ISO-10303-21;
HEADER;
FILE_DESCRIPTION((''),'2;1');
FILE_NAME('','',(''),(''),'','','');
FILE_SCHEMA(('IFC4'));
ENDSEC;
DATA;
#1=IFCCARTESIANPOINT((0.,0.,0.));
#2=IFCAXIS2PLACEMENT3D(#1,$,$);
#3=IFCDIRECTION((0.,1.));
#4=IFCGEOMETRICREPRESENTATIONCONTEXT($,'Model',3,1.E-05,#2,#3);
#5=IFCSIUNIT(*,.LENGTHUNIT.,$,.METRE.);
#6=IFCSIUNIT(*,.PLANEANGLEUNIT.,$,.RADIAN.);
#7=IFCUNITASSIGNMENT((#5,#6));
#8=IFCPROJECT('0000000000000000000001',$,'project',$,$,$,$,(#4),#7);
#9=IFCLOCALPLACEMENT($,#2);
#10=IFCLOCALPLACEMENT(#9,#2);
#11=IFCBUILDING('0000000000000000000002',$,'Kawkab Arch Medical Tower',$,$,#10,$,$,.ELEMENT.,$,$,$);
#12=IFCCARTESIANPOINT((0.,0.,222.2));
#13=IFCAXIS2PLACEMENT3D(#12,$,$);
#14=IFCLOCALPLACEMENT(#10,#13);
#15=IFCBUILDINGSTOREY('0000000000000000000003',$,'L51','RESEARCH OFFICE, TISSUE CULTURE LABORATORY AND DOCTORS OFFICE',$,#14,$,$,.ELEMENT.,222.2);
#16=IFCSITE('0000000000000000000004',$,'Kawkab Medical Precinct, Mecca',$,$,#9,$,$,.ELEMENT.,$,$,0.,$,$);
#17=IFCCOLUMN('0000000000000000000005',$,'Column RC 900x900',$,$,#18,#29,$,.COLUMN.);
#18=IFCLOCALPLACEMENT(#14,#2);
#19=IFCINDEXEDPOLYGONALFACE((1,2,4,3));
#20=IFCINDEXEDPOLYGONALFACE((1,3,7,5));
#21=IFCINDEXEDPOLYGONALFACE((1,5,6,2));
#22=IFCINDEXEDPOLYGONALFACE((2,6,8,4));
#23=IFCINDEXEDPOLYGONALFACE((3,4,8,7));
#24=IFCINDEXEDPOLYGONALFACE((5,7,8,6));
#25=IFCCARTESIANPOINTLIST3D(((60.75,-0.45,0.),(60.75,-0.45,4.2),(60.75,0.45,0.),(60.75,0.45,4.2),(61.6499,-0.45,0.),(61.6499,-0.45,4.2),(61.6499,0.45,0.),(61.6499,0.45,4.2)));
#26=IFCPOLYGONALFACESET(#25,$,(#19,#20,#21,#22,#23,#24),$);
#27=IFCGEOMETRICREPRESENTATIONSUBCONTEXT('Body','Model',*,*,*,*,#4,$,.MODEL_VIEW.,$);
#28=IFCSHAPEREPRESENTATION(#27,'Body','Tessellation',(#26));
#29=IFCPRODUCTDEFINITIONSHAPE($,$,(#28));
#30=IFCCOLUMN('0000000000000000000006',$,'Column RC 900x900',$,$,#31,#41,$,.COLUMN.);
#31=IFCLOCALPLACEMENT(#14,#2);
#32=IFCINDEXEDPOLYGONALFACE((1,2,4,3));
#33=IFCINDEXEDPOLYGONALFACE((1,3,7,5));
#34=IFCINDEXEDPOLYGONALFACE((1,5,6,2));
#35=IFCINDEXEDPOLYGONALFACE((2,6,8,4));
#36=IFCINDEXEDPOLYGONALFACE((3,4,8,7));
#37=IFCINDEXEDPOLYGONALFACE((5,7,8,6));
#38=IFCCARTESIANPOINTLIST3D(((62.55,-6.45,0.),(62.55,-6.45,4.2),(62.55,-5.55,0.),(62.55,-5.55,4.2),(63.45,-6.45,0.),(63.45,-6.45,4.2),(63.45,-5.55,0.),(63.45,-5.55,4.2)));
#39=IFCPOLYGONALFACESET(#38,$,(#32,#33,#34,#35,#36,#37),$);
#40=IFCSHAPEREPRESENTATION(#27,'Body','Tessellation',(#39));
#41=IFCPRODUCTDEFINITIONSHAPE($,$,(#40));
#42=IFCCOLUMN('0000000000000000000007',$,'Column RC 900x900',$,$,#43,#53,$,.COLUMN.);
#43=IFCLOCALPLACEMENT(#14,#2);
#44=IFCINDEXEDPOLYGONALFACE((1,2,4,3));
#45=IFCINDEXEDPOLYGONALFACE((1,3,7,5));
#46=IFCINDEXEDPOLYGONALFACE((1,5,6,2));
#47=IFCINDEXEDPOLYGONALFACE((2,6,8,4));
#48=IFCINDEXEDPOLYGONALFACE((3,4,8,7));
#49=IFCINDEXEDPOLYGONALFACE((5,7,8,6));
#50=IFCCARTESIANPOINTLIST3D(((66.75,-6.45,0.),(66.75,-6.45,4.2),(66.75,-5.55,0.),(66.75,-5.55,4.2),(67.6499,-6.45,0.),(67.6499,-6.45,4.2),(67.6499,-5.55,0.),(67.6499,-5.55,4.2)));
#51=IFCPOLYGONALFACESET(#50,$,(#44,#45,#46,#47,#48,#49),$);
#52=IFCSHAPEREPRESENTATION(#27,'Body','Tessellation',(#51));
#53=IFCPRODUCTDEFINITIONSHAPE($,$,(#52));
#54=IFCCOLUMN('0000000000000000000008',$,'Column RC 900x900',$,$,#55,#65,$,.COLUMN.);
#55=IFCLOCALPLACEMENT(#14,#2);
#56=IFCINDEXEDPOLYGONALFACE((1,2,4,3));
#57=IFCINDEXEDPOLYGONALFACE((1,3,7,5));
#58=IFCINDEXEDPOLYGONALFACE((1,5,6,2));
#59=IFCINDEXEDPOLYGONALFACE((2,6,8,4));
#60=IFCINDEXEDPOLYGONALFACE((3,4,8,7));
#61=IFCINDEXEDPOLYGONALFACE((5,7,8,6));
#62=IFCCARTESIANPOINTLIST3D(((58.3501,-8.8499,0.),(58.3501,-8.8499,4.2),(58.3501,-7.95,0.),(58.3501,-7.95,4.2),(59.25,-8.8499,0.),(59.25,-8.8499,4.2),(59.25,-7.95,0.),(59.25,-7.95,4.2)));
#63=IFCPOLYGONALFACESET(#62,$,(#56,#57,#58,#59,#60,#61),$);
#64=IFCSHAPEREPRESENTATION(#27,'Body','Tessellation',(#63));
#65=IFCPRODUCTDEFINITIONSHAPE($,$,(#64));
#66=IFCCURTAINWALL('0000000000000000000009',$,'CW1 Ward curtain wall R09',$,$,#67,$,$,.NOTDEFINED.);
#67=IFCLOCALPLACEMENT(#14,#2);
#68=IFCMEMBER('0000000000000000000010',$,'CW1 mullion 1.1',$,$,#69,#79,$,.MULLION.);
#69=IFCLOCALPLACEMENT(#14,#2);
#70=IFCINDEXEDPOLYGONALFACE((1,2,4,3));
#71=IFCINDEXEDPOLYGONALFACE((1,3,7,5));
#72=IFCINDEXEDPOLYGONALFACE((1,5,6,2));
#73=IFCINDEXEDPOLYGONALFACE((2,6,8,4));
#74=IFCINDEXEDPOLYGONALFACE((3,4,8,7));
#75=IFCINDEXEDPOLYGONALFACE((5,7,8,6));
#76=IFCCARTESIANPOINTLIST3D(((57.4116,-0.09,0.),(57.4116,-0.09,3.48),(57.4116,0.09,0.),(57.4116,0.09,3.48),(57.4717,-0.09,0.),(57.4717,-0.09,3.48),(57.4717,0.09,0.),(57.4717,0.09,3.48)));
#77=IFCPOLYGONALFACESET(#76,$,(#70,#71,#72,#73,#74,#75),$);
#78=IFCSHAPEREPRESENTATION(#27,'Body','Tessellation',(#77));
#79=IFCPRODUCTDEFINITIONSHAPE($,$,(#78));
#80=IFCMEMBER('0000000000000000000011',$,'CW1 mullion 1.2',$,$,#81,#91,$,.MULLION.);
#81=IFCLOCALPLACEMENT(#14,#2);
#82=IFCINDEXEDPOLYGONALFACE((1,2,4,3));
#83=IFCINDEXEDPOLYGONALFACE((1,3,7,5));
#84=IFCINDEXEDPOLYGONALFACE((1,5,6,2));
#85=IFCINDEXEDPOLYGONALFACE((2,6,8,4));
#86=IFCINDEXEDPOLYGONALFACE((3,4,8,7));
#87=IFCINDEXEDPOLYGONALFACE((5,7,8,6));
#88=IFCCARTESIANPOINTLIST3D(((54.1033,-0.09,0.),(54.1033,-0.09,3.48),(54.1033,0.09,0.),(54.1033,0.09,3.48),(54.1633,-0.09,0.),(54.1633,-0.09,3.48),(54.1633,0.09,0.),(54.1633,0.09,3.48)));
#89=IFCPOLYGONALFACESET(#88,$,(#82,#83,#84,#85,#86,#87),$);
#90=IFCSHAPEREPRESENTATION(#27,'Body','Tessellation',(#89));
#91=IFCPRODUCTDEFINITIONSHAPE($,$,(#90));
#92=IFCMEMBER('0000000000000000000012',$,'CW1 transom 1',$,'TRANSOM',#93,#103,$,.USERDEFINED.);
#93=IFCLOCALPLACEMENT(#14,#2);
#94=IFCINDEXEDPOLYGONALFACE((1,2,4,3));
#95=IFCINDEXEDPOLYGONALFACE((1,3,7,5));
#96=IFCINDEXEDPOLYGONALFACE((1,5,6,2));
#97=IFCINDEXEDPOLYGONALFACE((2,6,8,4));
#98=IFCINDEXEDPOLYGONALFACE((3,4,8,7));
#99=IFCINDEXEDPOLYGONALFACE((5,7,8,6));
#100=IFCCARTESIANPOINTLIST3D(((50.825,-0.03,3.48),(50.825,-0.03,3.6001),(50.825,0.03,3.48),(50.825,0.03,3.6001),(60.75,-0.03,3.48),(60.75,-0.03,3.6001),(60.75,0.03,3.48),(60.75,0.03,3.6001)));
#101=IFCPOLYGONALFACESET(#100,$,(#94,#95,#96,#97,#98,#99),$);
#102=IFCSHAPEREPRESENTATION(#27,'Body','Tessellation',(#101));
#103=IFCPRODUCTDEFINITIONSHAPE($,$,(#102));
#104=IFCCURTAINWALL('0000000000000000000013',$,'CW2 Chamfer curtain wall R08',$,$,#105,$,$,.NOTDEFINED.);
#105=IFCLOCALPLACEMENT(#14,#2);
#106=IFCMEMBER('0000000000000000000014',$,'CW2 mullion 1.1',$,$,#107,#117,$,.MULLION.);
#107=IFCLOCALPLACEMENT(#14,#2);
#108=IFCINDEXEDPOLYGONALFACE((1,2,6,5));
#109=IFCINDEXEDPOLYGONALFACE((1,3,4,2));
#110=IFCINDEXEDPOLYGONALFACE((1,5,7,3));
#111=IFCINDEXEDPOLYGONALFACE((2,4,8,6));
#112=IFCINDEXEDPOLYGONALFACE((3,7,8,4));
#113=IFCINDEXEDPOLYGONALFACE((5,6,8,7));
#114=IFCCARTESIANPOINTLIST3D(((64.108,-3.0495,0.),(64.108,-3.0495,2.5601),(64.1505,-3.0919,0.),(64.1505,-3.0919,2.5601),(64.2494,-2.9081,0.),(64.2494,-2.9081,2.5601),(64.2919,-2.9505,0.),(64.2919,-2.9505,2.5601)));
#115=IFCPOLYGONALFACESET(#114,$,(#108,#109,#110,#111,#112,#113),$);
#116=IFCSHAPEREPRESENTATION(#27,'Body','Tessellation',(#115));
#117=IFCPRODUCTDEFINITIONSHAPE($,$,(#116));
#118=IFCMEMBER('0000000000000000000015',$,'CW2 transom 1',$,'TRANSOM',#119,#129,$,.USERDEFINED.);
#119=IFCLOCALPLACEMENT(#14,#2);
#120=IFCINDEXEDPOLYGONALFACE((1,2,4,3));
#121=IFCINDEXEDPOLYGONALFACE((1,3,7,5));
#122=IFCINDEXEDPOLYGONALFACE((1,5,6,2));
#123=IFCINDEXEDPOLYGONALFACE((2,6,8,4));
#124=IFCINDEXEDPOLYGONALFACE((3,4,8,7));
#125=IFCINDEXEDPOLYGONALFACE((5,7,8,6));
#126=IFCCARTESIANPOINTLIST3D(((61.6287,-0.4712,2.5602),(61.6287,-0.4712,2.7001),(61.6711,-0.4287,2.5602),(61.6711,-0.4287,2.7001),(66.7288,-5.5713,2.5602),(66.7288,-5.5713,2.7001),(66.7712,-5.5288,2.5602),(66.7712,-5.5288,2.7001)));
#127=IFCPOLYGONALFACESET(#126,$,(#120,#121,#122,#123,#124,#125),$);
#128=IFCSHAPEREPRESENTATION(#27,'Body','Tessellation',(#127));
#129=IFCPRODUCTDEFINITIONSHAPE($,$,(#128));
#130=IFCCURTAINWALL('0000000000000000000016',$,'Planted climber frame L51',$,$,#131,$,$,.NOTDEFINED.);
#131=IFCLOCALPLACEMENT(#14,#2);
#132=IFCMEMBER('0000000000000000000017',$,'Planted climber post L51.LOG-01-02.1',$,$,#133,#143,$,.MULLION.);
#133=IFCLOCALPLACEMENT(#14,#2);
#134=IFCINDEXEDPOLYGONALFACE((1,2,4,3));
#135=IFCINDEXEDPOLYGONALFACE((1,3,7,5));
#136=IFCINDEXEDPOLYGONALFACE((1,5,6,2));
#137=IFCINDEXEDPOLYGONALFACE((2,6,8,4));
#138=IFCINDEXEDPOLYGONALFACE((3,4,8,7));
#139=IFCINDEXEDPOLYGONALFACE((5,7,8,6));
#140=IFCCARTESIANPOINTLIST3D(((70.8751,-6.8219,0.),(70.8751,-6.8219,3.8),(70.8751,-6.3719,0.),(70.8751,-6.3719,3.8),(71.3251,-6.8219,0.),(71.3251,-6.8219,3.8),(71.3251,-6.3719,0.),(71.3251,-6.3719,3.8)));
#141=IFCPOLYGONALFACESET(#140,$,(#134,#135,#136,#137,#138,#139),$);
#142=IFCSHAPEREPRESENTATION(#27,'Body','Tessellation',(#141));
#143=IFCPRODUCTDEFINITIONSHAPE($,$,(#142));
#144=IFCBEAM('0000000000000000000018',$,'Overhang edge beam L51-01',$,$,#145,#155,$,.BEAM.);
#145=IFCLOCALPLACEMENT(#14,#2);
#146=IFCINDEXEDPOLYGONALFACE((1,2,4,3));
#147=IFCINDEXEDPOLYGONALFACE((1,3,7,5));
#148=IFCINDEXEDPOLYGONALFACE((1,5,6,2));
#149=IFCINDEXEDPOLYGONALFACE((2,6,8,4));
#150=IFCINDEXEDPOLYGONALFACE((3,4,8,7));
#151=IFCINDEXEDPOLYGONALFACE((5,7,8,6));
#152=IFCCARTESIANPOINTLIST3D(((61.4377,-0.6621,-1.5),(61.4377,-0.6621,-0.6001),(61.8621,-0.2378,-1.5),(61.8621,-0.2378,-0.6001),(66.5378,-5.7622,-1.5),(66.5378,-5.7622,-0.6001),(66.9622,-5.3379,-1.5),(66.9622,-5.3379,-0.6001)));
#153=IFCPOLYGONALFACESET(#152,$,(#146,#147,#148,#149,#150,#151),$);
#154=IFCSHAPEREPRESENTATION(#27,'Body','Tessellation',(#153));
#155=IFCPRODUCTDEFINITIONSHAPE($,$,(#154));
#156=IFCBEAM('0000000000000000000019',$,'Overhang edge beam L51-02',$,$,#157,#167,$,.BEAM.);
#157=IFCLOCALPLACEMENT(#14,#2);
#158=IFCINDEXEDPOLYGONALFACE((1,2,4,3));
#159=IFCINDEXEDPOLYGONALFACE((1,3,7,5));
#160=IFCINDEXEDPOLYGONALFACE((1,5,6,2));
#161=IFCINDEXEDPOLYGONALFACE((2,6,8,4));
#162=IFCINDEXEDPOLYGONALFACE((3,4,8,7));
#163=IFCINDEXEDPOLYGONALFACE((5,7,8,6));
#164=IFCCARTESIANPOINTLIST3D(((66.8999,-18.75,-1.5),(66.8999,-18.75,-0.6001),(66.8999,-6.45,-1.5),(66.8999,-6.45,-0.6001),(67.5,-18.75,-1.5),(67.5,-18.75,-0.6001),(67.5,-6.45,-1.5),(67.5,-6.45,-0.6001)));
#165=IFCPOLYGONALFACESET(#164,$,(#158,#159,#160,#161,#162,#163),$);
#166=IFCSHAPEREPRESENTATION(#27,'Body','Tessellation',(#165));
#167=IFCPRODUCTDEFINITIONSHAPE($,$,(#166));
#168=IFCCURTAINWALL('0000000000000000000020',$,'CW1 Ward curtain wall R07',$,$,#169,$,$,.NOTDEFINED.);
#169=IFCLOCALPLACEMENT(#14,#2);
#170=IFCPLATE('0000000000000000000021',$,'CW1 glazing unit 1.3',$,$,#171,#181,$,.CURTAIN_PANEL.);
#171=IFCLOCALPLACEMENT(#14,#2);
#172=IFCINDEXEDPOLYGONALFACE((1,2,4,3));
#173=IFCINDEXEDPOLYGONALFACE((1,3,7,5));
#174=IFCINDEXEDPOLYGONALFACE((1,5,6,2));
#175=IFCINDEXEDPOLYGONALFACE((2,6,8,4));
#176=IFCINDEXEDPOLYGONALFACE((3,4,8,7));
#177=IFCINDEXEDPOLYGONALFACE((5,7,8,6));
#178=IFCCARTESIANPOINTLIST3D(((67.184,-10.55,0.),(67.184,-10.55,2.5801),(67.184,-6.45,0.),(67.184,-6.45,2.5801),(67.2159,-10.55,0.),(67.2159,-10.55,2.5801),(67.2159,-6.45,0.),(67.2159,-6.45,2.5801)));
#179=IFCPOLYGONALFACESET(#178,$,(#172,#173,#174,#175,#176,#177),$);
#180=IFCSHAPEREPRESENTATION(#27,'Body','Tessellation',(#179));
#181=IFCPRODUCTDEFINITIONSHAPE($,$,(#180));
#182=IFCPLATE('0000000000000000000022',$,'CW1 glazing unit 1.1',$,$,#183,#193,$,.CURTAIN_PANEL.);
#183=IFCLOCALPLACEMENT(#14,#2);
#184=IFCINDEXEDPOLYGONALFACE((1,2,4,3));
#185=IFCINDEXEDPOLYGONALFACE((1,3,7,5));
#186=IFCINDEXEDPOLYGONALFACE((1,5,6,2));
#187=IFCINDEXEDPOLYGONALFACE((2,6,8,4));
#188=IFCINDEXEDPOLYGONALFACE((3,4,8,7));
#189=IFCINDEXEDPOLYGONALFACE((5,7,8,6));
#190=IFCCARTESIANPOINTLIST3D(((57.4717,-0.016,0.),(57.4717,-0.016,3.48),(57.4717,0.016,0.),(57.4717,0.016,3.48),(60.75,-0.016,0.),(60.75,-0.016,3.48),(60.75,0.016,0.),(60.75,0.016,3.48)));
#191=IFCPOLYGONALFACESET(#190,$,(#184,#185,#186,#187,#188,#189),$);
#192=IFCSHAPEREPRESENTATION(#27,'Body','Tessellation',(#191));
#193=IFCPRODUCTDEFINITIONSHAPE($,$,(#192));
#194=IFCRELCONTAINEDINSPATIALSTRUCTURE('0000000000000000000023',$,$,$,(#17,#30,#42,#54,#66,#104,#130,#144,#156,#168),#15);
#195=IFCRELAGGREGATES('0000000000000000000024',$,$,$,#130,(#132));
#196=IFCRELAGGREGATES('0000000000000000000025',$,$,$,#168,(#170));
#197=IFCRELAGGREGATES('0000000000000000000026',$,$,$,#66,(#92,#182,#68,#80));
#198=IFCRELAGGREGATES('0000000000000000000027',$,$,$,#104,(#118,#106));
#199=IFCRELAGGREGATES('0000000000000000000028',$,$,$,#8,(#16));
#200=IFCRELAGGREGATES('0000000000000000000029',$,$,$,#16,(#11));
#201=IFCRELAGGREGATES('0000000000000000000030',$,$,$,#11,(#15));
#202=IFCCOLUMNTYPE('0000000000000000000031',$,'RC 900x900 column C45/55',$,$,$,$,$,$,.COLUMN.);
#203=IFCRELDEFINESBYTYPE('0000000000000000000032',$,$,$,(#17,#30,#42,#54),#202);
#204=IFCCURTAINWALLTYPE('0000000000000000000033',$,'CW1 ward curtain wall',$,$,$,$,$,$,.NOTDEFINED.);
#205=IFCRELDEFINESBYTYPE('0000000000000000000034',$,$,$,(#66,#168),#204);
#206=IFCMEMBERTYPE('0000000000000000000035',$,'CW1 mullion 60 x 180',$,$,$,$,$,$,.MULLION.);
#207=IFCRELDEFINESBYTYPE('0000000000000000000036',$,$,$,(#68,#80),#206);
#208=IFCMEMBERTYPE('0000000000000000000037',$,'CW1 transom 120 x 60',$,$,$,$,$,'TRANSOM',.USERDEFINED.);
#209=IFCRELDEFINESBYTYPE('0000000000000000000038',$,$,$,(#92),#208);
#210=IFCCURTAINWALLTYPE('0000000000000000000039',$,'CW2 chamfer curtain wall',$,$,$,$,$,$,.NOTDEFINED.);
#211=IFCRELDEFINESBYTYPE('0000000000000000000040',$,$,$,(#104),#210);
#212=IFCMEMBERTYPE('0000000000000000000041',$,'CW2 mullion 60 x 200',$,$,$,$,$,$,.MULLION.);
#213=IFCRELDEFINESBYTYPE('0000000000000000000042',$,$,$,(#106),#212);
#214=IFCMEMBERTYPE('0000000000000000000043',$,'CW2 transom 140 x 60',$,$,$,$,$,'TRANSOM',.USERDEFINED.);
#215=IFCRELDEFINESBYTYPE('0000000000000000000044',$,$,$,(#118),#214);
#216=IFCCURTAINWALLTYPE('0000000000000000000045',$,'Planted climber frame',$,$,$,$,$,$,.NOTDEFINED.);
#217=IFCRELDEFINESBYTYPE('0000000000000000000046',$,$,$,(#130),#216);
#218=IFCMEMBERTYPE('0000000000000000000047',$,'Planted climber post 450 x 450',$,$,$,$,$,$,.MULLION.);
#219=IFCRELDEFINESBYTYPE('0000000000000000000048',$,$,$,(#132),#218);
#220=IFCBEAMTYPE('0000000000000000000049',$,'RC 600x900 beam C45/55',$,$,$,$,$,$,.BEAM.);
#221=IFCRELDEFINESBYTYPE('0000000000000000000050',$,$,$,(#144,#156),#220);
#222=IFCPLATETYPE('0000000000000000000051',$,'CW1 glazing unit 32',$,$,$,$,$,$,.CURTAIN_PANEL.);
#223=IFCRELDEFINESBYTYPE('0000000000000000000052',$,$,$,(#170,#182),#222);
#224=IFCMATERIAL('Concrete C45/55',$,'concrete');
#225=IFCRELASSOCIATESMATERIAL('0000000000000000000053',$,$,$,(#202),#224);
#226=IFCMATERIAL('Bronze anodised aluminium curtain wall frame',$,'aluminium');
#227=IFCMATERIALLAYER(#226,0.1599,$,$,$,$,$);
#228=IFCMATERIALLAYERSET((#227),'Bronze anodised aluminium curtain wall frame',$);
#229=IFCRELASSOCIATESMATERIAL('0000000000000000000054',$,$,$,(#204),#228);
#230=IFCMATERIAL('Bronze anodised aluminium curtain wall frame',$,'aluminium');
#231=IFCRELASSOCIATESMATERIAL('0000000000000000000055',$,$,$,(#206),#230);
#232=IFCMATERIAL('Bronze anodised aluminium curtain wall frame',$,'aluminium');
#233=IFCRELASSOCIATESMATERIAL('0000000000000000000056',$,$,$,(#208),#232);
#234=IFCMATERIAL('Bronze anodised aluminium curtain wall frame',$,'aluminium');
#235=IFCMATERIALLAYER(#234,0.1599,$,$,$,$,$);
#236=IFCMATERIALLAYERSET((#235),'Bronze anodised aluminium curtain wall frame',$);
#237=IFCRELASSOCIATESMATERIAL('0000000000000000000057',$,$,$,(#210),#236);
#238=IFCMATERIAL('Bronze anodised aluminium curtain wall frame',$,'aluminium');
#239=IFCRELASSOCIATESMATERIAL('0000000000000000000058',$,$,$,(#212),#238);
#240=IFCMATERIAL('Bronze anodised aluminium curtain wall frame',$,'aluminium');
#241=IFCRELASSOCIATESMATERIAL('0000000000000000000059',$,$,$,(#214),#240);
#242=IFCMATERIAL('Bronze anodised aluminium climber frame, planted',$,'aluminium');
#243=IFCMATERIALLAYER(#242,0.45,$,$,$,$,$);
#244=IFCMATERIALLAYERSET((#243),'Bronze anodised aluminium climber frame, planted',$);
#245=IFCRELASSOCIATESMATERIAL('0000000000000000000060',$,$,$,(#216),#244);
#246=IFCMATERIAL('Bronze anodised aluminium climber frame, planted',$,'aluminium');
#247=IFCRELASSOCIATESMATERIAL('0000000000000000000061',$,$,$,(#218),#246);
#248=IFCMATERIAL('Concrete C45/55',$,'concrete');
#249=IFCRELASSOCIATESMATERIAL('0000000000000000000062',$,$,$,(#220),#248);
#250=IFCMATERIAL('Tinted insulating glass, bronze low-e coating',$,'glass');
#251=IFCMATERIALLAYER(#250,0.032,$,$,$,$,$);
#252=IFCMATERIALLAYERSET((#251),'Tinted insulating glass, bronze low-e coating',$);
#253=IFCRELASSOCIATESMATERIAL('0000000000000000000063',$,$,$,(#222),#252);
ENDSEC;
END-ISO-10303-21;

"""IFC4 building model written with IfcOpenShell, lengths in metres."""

from ifc_helpers import new_model, si_unit, direction, frame, origin, origin_2d, place, context, subcontext, project, spatial, rectangle, extrude, material, layer, layer_set, material_profile, profile_set, type_object, element, aggregate, save


model = new_model("IFC4")

# Units and contexts
model_context = context("Model", 3, precision=1e-05, world=origin(), true_north=direction((0.0, 1.0)))
body_context = subcontext(model_context, "Body", "Model", "MODEL_VIEW")
ifc_project = project(units=[si_unit("LENGTHUNIT", "METRE"), si_unit("PLANEANGLEUNIT", "RADIAN")], contexts=[model_context])

# Site, building, storey
site_placement = place(None, origin())
site = spatial("IfcSite", under=ifc_project, at=site_placement, Name="Kawkab Medical Precinct, Mecca", CompositionType="ELEMENT", RefElevation=0.0)
building_placement = place(site_placement, origin())
building = spatial("IfcBuilding", under=site, at=building_placement, Name="Kawkab Arch Medical Tower", CompositionType="ELEMENT")
storey_placement = place(building_placement, frame((0.0, 0.0, 222.2)))
storey = spatial("IfcBuildingStorey", under=building, at=storey_placement, Name="L51", Description="RESEARCH OFFICE, TISSUE CULTURE LABORATORY AND DOCTORS OFFICE", CompositionType="ELEMENT", Elevation=222.2)

# Columns
ifc_material_1 = material(Name="Concrete C45/55", Category="concrete")
ifc_material_profile_1 = material_profile(ifc_material_1, rectangle(XDim=0.8999, YDim=0.8999, at=origin_2d()), Name="RC 900x900")
ifc_profile_set_1 = profile_set([ifc_material_profile_1], Name="Concrete C45/55")
column_type = type_object("IfcColumnType", Name="RC 900x900 column C45/55", PredefinedType="COLUMN", material=ifc_profile_set_1)
for number, where, z_axis, x_axis, name in (
    (1, (61.2, 0.0, 0.0), (0.0, 0.0, 1.0), (1.0, 0.0, 0.0), "Column RC 900x900"),
    (2, (63.0, -6.0, 0.0), (0.0, 0.0, 1.0), (1.0, 0.0, 0.0), "Column RC 900x900"),
    (3, (67.2, -6.0, 0.0), (0.0, 0.0, 1.0), (1.0, 0.0, 0.0), "Column RC 900x900"),
    (4, (58.8, -8.3999, 0.0), (0.0, 0.0, 1.0), (1.0, 0.0, 0.0), "Column RC 900x900"),
):
    element("IfcColumn", number, at=place(storey_placement, frame(where, z_axis=z_axis, x_axis=x_axis)), inside=storey, type_object=column_type, Name=name, PredefinedType="COLUMN", context=body_context, shape_type="SweptSolid", body=[
        extrude(rectangle(XDim=0.8999, YDim=0.8999, at=origin_2d()), origin(), (0.0, 0.0, 1.0), 4.2),
    ])

# Curtain walls, members
ifc_material_2 = material(Name="Bronze anodised aluminium curtain wall frame", Category="aluminium")
ifc_layer_1 = layer(ifc_material_2, 0.1599)
ifc_layer_set_1 = layer_set([ifc_layer_1], Name="Bronze anodised aluminium curtain wall frame")
curtain_wall_type_1 = type_object("IfcCurtainWallType", Name="CW1 ward curtain wall", PredefinedType="NOTDEFINED", material=ifc_layer_set_1)
placement = place(storey_placement, origin())
curtain_wall_1 = element("IfcCurtainWall", 5, at=placement, inside=storey, type_object=curtain_wall_type_1, Name="CW1 Ward curtain wall R09", PredefinedType="NOTDEFINED")
ifc_material_3 = material(Name="Bronze anodised aluminium curtain wall frame", Category="aluminium")
ifc_material_profile_2 = material_profile(ifc_material_3, rectangle(XDim=0.1799, YDim=0.0601, at=origin_2d()), Name="AL 60x180")
ifc_profile_set_2 = profile_set([ifc_material_profile_2], Name="Bronze anodised aluminium curtain wall frame")
member_type_1 = type_object("IfcMemberType", Name="CW1 mullion 60 x 180", PredefinedType="MULLION", material=ifc_profile_set_2)
member_1_placement = place(storey_placement, frame((57.4417, 0.0, 0.0), z_axis=(0.0, 0.0, 1.0), x_axis=(0.0, -1.0, 0.0)))
member_1 = element("IfcMember", 6, at=member_1_placement, type_object=member_type_1, Name="CW1 mullion 1.1", PredefinedType="MULLION", context=body_context, shape_type="SweptSolid", body=[
    extrude(rectangle(XDim=0.1799, YDim=0.0601, at=origin_2d()), origin(), (0.0, 0.0, 1.0), 3.48),
])
member_2_placement = place(storey_placement, frame((54.1333, 0.0, 0.0), z_axis=(0.0, 0.0, 1.0), x_axis=(0.0, -1.0, 0.0)))
member_2 = element("IfcMember", 7, at=member_2_placement, type_object=member_type_1, Name="CW1 mullion 1.2", PredefinedType="MULLION", context=body_context, shape_type="SweptSolid", body=[
    extrude(rectangle(XDim=0.1799, YDim=0.0601, at=origin_2d()), origin(), (0.0, 0.0, 1.0), 3.48),
])
ifc_material_4 = material(Name="Bronze anodised aluminium curtain wall frame", Category="aluminium")
ifc_material_profile_3 = material_profile(ifc_material_4, rectangle(XDim=0.0601, YDim=0.1201, at=origin_2d()), Name="AL 60x120")
ifc_profile_set_3 = profile_set([ifc_material_profile_3], Name="Bronze anodised aluminium curtain wall frame")
member_type_2 = type_object("IfcMemberType", Name="CW1 transom 120 x 60", ElementType="TRANSOM", PredefinedType="USERDEFINED", material=ifc_profile_set_3)
member_3_placement = place(storey_placement, frame((60.75, 0.0, 3.54), z_axis=(-1.0, 0.0, 0.0), x_axis=(0.0, -1.0, 0.0)))
member_3 = element("IfcMember", 8, at=member_3_placement, type_object=member_type_2, Name="CW1 transom 1", ObjectType="TRANSOM", PredefinedType="USERDEFINED", context=body_context, shape_type="SweptSolid", body=[
    extrude(rectangle(XDim=0.0601, YDim=0.1201, at=origin_2d()), origin(), (0.0, 0.0, 1.0), 9.925),
])
ifc_material_5 = material(Name="Bronze anodised aluminium curtain wall frame", Category="aluminium")
ifc_layer_2 = layer(ifc_material_5, 0.1599)
ifc_layer_set_2 = layer_set([ifc_layer_2], Name="Bronze anodised aluminium curtain wall frame")
curtain_wall_type_2 = type_object("IfcCurtainWallType", Name="CW2 chamfer curtain wall", PredefinedType="NOTDEFINED", material=ifc_layer_set_2)
curtain_wall_2 = element("IfcCurtainWall", 9, at=placement, inside=storey, type_object=curtain_wall_type_2, Name="CW2 Chamfer curtain wall R08", PredefinedType="NOTDEFINED")
ifc_material_6 = material(Name="Bronze anodised aluminium curtain wall frame", Category="aluminium")
ifc_material_profile_4 = material_profile(ifc_material_6, rectangle(XDim=0.2, YDim=0.0601, at=origin_2d()), Name="AL 60x200")
ifc_profile_set_4 = profile_set([ifc_material_profile_4], Name="Bronze anodised aluminium curtain wall frame")
member_type_3 = type_object("IfcMemberType", Name="CW2 mullion 60 x 200", PredefinedType="MULLION", material=ifc_profile_set_4)
member_4_placement = place(storey_placement, frame((64.2, -3.0, 0.0), z_axis=(0.0, 0.0, 1.0), x_axis=(-0.707107, -0.707107, 0.0)))
member_4 = element("IfcMember", 10, at=member_4_placement, type_object=member_type_3, Name="CW2 mullion 1.1", PredefinedType="MULLION", context=body_context, shape_type="SweptSolid", body=[
    extrude(rectangle(XDim=0.2, YDim=0.0601, at=origin_2d()), origin(), (0.0, 0.0, 1.0), 2.5601),
])
ifc_material_7 = material(Name="Bronze anodised aluminium curtain wall frame", Category="aluminium")
ifc_material_profile_5 = material_profile(ifc_material_7, rectangle(XDim=0.0601, YDim=0.1399, at=origin_2d()), Name="AL 60x140")
ifc_profile_set_5 = profile_set([ifc_material_profile_5], Name="Bronze anodised aluminium curtain wall frame")
member_type_4 = type_object("IfcMemberType", Name="CW2 transom 140 x 60", ElementType="TRANSOM", PredefinedType="USERDEFINED", material=ifc_profile_set_5)
member_5_placement = place(storey_placement, frame((66.75, -5.55, 2.6301), z_axis=(-0.707107, 0.707107, 0.0), x_axis=(-0.707107, -0.707107, 0.0)))
member_5 = element("IfcMember", 11, at=member_5_placement, type_object=member_type_4, Name="CW2 transom 1", ObjectType="TRANSOM", PredefinedType="USERDEFINED", context=body_context, shape_type="SweptSolid", body=[
    extrude(rectangle(XDim=0.0601, YDim=0.1399, at=origin_2d()), origin(), (0.0, 0.0, 1.0), 7.2126),
])

# Curtain wall, member
ifc_material_8 = material(Name="Bronze anodised aluminium climber frame, planted", Category="aluminium")
ifc_layer_3 = layer(ifc_material_8, 0.45)
ifc_layer_set_3 = layer_set([ifc_layer_3], Name="Bronze anodised aluminium climber frame, planted")
curtain_wall_type_3 = type_object("IfcCurtainWallType", Name="Planted climber frame", PredefinedType="NOTDEFINED", material=ifc_layer_set_3)
curtain_wall_3 = element("IfcCurtainWall", 12, at=placement, inside=storey, type_object=curtain_wall_type_3, Name="Planted climber frame L51", PredefinedType="NOTDEFINED")
ifc_material_9 = material(Name="Bronze anodised aluminium climber frame, planted", Category="aluminium")
ifc_material_profile_6 = material_profile(ifc_material_9, rectangle(XDim=0.45, YDim=0.45, at=origin_2d()), Name="Post 450x450")
ifc_profile_set_6 = profile_set([ifc_material_profile_6], Name="Bronze anodised aluminium climber frame, planted")
member_type_5 = type_object("IfcMemberType", Name="Planted climber post 450 x 450", PredefinedType="MULLION", material=ifc_profile_set_6)
member_6_placement = place(storey_placement, frame((71.1001, -6.5969, 0.0), z_axis=(0.0, 0.0, 1.0), x_axis=(1.0, 0.0, 0.0)))
member_6 = element("IfcMember", 13, at=member_6_placement, type_object=member_type_5, Name="Planted climber post L51.LOG-01-02.1", PredefinedType="MULLION", context=body_context, shape_type="SweptSolid", body=[
    extrude(rectangle(XDim=0.45, YDim=0.45, at=origin_2d()), origin(), (0.0, 0.0, 1.0), 3.8),
])
aggregate(curtain_wall_3, [member_6])

# Beams
ifc_material_10 = material(Name="Concrete C45/55", Category="concrete")
ifc_material_profile_7 = material_profile(ifc_material_10, rectangle(XDim=0.6001, YDim=0.8999, at=origin_2d()), Name="RC 600x900")
ifc_profile_set_7 = profile_set([ifc_material_profile_7], Name="Concrete C45/55")
beam_type = type_object("IfcBeamType", Name="RC 600x900 beam C45/55", PredefinedType="BEAM", material=ifc_profile_set_7)
beam_1_placement = place(storey_placement, frame((61.6499, -0.45, -1.05), z_axis=(0.707107, -0.707107, 0.0), x_axis=(0.707107, 0.707107, 0.0)))
element("IfcBeam", 14, at=beam_1_placement, inside=storey, type_object=beam_type, Name="Overhang edge beam L51-01", PredefinedType="BEAM", context=body_context, shape_type="SweptSolid", body=[
    extrude(rectangle(XDim=0.6001, YDim=0.8999, at=origin_2d()), origin(), (0.0, 0.0, 1.0), 7.2126),
])
beam_2_placement = place(storey_placement, frame((67.2, -6.45, -1.05), z_axis=(0.0, -1.0, 0.0), x_axis=(1.0, 0.0, 0.0)))
element("IfcBeam", 15, at=beam_2_placement, inside=storey, type_object=beam_type, Name="Overhang edge beam L51-02", PredefinedType="BEAM", context=body_context, shape_type="SweptSolid", body=[
    extrude(rectangle(XDim=0.6001, YDim=0.8999, at=origin_2d()), origin(), (0.0, 0.0, 1.0), 12.3),
])

# Curtain wall, plate
curtain_wall_4 = element("IfcCurtainWall", 16, at=placement, inside=storey, type_object=curtain_wall_type_1, Name="CW1 Ward curtain wall R07", PredefinedType="NOTDEFINED")
ifc_material_11 = material(Name="Tinted insulating glass, bronze low-e coating", Category="glass")
ifc_layer_4 = layer(ifc_material_11, 0.032)
ifc_layer_set_4 = layer_set([ifc_layer_4], Name="Tinted insulating glass, bronze low-e coating")
plate_type_1 = type_object("IfcPlateType", Name="CW1 glazing unit 32", PredefinedType="CURTAIN_PANEL", material=ifc_layer_set_4)
plate_1_placement = place(storey_placement, frame((67.2, -8.5, 0.0), z_axis=(0.0, 0.0, 1.0), x_axis=(0.0, 1.0, 0.0)))
plate_1 = element("IfcPlate", 17, at=plate_1_placement, type_object=plate_type_1, Name="CW1 glazing unit 1.3", PredefinedType="CURTAIN_PANEL", context=body_context, shape_type="SweptSolid", body=[
    extrude(rectangle(XDim=4.1001, YDim=0.032, at=origin_2d()), origin(), (0.0, 0.0, 1.0), 2.5801),
])
aggregate(curtain_wall_4, [plate_1])

# Plate
plate_2_placement = place(storey_placement, frame((59.1108, 0.0, 0.0), z_axis=(0.0, 0.0, 1.0), x_axis=(-1.0, 0.0, 0.0)))
plate_2 = element("IfcPlate", 18, at=plate_2_placement, type_object=plate_type_1, Name="CW1 glazing unit 1.1", PredefinedType="CURTAIN_PANEL", context=body_context, shape_type="SweptSolid", body=[
    extrude(rectangle(XDim=3.2783, YDim=0.032, at=origin_2d()), origin(), (0.0, 0.0, 1.0), 3.48),
])
aggregate(curtain_wall_1, [member_3, plate_2, member_1, member_2])
aggregate(curtain_wall_2, [member_5, member_4])

save(model, "model.ifc")
